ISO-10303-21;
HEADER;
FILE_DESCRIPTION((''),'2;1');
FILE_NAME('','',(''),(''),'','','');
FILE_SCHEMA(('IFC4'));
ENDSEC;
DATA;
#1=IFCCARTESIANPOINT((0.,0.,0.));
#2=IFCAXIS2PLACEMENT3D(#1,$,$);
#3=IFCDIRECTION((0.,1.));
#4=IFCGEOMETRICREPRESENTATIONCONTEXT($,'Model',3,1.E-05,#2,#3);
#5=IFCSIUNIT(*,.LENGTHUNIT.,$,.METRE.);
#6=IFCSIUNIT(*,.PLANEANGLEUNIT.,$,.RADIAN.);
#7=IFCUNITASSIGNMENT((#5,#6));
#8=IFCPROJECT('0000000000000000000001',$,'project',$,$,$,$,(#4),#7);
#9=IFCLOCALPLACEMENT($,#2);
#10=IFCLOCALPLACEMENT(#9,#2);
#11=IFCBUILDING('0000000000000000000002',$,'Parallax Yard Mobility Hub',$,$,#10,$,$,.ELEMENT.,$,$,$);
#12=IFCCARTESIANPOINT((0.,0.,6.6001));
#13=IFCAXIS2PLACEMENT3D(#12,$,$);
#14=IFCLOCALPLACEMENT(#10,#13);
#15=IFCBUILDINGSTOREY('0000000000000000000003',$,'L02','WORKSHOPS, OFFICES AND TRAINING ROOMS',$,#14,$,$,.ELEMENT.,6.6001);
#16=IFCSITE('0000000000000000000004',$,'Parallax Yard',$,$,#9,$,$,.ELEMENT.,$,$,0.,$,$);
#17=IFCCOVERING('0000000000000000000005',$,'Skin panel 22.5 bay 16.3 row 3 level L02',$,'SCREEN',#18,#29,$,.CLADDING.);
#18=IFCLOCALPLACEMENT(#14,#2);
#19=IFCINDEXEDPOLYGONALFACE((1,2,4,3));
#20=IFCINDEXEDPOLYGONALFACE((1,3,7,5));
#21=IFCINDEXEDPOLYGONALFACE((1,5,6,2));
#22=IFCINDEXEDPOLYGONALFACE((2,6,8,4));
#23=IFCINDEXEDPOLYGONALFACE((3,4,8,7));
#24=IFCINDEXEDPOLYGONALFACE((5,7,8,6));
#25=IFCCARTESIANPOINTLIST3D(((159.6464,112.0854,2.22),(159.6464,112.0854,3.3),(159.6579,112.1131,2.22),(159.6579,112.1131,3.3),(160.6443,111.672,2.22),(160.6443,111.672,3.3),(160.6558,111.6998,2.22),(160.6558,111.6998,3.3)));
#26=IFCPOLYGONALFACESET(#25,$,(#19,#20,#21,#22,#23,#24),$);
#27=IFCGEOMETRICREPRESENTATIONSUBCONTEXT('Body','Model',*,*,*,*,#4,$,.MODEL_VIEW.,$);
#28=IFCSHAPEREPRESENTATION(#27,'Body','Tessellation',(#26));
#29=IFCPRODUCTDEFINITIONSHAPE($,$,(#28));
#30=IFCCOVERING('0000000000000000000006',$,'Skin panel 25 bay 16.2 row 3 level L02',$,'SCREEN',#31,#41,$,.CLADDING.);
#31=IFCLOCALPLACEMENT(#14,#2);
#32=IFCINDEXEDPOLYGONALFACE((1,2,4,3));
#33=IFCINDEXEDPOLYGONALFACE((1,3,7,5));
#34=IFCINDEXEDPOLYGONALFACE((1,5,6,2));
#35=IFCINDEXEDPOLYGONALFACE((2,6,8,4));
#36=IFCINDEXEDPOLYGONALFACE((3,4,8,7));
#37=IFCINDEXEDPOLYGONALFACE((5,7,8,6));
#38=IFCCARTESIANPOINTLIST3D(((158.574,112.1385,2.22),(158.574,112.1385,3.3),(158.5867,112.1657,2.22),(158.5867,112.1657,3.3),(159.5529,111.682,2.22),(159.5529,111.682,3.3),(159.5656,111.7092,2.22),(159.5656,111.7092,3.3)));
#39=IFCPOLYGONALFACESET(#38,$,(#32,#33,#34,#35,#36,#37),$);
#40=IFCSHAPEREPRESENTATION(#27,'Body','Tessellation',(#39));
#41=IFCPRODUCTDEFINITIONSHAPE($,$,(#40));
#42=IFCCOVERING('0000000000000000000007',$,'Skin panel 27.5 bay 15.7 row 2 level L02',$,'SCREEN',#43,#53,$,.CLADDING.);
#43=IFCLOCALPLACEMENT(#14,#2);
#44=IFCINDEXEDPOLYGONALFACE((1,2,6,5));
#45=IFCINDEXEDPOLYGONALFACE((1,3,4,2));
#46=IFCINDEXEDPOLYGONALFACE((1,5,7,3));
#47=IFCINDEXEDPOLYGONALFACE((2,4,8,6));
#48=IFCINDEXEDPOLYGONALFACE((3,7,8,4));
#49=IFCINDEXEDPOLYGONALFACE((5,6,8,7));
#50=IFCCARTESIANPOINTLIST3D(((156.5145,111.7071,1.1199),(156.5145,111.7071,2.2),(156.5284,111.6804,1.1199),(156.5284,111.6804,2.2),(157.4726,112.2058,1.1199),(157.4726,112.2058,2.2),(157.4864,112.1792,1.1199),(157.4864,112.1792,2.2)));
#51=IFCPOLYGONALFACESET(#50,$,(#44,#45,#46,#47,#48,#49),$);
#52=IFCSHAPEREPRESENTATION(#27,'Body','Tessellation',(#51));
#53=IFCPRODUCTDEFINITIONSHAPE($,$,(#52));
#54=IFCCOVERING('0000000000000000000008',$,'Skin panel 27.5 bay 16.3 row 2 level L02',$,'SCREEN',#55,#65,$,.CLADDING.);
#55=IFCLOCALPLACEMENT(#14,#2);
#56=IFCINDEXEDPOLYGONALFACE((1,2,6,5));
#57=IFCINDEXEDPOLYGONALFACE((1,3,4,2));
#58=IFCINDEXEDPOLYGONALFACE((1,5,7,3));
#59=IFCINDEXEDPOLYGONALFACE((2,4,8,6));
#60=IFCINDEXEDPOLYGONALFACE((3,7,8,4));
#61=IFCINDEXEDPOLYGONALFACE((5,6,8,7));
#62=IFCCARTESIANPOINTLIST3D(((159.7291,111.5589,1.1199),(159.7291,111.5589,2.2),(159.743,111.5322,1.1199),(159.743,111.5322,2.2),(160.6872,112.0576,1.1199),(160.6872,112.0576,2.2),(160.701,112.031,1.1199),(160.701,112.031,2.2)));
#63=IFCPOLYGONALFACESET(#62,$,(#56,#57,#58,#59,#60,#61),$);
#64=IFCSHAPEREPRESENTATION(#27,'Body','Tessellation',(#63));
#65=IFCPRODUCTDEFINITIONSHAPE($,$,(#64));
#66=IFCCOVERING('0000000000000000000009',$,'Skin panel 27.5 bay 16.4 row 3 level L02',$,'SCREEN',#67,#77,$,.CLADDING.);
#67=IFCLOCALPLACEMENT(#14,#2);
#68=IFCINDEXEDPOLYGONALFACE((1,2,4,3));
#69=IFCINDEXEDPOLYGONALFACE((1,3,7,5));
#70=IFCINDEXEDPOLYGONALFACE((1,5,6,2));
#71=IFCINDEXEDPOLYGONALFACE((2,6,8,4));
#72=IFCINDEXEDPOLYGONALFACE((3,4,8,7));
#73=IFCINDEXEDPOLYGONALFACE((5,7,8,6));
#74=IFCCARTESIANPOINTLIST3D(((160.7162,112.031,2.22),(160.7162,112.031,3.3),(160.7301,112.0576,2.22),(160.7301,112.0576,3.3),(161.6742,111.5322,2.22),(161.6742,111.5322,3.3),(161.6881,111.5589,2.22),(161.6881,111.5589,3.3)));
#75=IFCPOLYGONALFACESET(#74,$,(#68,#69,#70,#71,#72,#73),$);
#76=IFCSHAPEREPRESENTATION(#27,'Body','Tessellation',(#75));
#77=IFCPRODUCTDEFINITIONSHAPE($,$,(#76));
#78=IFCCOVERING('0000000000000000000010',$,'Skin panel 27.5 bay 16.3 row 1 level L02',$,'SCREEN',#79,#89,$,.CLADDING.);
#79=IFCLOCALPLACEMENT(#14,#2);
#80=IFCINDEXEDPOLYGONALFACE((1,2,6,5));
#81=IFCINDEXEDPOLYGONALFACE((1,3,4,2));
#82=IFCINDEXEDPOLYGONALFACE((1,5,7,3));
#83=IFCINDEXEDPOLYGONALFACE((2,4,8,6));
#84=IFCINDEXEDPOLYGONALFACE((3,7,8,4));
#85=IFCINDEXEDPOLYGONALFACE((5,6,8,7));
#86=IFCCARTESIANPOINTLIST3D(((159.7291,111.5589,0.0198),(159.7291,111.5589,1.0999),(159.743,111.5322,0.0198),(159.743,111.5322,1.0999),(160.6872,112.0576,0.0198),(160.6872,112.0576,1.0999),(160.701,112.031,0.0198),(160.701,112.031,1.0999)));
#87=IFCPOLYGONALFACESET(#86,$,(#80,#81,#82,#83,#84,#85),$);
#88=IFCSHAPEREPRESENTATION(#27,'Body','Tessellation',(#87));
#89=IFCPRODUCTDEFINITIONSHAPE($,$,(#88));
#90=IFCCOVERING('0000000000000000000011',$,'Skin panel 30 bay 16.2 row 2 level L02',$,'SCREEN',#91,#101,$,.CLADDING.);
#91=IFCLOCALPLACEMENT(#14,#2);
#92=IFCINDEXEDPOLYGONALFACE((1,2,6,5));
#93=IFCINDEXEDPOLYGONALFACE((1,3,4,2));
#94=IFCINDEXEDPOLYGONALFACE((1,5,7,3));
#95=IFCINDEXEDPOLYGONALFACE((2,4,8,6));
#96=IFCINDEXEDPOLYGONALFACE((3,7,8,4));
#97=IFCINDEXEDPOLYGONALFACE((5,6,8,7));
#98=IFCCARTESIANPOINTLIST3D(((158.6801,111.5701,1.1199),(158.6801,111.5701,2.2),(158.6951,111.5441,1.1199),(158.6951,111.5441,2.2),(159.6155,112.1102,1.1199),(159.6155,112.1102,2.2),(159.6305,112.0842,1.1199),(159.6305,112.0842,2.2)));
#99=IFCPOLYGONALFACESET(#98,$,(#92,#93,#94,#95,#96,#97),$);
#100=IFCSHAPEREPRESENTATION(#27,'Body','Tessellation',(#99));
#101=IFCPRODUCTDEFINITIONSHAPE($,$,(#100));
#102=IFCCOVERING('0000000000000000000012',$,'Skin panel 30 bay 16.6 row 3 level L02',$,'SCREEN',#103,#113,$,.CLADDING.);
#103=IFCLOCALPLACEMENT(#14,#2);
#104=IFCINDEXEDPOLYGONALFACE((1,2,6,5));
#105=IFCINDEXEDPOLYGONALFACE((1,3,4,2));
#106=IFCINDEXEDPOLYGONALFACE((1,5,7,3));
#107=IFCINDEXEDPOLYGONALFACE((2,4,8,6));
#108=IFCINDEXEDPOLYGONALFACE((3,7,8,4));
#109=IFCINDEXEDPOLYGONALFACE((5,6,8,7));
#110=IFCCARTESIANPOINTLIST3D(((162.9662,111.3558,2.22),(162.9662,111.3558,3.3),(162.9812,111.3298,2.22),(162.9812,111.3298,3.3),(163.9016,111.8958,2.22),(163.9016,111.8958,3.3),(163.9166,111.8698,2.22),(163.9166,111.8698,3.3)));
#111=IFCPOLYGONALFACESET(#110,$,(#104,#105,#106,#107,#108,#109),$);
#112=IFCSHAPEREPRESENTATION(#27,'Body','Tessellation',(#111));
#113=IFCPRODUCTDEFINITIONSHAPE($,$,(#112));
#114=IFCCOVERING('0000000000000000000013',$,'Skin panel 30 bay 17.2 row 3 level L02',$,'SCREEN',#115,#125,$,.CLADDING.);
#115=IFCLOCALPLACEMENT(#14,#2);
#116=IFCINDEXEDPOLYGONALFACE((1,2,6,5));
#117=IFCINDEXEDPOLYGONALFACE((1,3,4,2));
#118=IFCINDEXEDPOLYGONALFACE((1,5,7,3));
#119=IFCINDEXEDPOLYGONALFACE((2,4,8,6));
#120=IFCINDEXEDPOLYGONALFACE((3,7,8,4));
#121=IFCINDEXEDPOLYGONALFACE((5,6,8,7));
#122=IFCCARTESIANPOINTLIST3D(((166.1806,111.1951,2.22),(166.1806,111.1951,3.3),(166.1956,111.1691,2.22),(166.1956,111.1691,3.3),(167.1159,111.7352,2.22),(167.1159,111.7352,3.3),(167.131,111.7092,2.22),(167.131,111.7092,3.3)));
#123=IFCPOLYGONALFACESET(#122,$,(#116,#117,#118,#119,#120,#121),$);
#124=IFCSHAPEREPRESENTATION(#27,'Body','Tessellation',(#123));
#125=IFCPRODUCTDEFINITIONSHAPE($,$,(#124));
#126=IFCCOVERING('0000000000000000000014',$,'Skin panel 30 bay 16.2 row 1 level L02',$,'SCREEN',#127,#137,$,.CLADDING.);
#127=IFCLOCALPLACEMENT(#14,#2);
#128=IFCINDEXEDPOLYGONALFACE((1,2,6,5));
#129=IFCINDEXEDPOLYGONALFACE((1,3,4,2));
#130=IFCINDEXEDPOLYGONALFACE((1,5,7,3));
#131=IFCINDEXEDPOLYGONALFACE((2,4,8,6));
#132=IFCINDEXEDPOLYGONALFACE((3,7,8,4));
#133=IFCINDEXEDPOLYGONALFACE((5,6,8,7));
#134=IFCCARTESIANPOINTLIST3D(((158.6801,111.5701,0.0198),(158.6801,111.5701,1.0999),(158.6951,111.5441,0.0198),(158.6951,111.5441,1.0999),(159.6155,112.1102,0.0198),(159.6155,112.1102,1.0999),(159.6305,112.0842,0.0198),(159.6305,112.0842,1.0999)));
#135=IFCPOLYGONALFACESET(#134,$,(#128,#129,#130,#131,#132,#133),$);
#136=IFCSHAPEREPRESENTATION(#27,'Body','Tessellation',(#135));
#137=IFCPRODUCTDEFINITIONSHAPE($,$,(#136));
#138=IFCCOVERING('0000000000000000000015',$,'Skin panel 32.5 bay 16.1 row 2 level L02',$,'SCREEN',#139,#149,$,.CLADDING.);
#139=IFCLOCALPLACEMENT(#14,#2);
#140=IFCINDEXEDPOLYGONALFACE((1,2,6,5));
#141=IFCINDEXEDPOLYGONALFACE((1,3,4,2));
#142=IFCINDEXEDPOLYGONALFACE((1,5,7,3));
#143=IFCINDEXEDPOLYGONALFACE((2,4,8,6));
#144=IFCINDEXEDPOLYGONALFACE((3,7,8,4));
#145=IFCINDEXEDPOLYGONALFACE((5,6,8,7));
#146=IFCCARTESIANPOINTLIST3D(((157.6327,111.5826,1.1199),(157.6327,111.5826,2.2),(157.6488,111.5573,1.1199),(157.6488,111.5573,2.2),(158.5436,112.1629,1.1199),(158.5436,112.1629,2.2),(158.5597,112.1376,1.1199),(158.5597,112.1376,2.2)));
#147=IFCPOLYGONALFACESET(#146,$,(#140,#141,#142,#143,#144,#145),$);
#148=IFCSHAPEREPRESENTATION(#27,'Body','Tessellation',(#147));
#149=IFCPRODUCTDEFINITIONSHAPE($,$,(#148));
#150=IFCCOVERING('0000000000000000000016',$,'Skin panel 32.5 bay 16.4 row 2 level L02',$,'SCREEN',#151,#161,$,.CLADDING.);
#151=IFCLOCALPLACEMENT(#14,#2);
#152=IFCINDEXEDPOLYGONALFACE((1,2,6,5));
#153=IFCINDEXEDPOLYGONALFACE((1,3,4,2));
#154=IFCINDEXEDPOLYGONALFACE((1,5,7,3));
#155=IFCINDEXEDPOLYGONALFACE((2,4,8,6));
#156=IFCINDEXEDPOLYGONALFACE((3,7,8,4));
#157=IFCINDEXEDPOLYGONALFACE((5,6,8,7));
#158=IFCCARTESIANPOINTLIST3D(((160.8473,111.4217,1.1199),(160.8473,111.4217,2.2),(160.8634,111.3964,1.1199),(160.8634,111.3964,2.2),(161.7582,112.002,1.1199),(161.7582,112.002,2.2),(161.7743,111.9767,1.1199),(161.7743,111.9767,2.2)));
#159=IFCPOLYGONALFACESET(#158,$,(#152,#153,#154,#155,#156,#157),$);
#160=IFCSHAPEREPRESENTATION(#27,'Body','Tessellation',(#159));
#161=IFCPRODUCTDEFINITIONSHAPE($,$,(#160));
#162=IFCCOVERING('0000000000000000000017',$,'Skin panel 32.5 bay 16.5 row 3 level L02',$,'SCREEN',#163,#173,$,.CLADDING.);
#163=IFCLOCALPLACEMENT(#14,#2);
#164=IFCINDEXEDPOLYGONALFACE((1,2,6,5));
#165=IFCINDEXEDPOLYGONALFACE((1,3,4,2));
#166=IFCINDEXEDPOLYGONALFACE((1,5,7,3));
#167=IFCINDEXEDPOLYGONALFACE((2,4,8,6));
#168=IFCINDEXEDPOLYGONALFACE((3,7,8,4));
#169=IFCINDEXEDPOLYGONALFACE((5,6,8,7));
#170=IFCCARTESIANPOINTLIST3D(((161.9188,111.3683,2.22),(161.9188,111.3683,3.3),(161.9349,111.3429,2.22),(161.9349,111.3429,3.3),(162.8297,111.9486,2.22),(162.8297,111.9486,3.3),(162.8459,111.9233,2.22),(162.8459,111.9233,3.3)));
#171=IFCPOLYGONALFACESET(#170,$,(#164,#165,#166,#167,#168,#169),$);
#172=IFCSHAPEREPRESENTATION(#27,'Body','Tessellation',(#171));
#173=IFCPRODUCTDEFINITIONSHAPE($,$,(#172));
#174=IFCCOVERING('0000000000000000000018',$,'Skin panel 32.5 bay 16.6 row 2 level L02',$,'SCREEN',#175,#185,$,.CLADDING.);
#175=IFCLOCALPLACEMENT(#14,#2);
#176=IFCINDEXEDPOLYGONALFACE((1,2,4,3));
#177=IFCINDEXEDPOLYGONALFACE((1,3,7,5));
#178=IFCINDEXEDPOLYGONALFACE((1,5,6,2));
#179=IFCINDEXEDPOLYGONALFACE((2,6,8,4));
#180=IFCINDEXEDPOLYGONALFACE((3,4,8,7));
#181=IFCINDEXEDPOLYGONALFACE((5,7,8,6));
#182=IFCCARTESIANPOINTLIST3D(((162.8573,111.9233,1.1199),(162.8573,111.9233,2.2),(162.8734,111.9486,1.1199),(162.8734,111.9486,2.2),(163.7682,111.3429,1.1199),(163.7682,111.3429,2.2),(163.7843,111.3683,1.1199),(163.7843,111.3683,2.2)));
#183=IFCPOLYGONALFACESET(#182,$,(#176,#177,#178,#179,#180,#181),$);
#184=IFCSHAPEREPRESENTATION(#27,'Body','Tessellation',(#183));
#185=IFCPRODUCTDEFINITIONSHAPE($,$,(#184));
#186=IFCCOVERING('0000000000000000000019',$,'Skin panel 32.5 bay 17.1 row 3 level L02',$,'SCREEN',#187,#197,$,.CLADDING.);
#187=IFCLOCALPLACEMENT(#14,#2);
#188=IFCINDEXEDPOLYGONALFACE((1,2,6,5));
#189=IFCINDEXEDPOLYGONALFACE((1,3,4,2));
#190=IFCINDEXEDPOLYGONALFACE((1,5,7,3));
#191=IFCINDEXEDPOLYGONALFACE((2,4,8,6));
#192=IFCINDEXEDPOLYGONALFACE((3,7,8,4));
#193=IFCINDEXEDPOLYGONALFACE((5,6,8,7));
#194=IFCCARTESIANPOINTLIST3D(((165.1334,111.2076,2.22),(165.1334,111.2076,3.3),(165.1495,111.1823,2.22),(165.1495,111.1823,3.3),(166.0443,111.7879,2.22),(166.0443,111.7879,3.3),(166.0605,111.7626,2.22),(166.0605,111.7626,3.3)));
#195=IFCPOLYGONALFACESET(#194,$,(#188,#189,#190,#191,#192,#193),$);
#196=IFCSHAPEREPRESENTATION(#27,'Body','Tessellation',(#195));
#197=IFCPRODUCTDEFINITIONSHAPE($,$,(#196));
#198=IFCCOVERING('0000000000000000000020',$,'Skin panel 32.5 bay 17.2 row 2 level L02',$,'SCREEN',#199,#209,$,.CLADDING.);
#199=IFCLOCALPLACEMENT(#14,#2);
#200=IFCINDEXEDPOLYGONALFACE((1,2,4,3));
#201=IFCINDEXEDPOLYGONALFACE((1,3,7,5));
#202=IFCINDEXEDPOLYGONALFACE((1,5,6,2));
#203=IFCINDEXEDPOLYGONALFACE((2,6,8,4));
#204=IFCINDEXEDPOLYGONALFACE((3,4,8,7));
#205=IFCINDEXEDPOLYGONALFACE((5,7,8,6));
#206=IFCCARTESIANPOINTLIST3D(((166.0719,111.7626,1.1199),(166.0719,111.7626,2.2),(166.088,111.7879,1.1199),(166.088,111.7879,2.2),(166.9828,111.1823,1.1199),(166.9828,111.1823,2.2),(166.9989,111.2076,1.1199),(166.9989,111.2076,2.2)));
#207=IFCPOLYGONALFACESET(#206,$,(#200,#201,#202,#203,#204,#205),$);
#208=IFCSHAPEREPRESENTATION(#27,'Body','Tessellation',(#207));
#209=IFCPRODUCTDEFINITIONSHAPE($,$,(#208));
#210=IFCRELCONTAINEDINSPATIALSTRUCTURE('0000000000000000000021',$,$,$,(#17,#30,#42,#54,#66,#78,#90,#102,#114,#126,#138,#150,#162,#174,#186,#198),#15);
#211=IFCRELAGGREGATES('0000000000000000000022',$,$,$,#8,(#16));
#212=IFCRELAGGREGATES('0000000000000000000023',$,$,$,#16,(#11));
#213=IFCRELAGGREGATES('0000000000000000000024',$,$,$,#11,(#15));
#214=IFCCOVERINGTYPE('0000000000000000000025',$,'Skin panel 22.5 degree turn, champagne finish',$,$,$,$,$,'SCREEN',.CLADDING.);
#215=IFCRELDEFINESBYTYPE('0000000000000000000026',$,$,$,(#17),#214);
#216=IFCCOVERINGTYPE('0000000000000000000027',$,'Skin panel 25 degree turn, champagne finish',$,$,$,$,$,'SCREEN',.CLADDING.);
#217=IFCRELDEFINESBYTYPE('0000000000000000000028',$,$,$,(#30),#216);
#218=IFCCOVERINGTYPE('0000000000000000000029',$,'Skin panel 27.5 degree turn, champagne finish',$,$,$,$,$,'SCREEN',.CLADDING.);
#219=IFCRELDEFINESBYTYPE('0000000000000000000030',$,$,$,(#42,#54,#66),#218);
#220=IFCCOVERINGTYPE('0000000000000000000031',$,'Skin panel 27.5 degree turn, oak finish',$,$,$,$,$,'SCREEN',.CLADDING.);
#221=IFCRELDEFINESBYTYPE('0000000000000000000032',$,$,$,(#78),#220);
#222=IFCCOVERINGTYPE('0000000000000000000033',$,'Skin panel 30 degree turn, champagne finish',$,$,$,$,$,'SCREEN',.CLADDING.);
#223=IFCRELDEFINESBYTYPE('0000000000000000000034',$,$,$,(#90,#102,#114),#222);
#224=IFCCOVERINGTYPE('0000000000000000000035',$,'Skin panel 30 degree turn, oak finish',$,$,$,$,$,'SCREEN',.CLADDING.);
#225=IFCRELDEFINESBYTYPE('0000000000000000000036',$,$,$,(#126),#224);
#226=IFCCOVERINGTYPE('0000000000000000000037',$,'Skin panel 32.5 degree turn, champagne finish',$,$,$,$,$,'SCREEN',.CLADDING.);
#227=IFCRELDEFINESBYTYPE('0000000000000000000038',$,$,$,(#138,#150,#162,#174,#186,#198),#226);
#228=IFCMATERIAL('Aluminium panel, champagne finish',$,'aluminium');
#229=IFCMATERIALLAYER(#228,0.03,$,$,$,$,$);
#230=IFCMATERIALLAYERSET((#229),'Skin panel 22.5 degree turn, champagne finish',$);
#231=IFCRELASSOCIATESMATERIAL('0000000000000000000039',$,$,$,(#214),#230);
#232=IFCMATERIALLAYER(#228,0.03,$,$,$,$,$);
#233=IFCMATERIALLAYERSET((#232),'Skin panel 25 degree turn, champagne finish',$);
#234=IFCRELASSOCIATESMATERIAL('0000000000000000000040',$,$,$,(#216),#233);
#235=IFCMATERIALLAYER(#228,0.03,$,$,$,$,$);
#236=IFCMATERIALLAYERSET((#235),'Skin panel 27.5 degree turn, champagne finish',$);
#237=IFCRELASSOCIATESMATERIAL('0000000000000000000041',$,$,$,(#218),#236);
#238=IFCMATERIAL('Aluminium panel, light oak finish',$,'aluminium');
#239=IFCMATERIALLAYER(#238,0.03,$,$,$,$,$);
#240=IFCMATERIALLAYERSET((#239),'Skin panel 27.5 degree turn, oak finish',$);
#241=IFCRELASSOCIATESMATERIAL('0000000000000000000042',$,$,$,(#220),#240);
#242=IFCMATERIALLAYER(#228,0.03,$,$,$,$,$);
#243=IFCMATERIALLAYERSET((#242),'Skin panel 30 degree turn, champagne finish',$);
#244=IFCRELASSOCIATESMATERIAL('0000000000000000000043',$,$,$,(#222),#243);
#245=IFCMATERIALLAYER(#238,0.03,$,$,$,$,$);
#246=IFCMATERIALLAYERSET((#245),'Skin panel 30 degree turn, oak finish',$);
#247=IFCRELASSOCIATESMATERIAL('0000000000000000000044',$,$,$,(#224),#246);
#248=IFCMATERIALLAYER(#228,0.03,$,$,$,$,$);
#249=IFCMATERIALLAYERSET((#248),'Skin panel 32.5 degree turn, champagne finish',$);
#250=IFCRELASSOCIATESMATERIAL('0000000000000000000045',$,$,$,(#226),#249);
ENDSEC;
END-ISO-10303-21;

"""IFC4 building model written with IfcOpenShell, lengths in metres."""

from ifc_helpers import new_model, si_unit, direction, frame, origin, origin_2d, place, context, subcontext, project, spatial, rectangle, extrude, material, layer, layer_set, type_object, element, save


model = new_model("IFC4")

# Units and contexts
model_context = context("Model", 3, precision=1e-05, world=origin(), true_north=direction((0.0, 1.0)))
body_context = subcontext(model_context, "Body", "Model", "MODEL_VIEW")
ifc_project = project(units=[si_unit("LENGTHUNIT", "METRE"), si_unit("PLANEANGLEUNIT", "RADIAN")], contexts=[model_context])

# Site, building, storey
site_placement = place(None, origin())
site = spatial("IfcSite", under=ifc_project, at=site_placement, Name="Parallax Yard", CompositionType="ELEMENT", RefElevation=0.0)
building_placement = place(site_placement, origin())
building = spatial("IfcBuilding", under=site, at=building_placement, Name="Parallax Yard Mobility Hub", CompositionType="ELEMENT")
storey_placement = place(building_placement, frame((0.0, 0.0, 6.6001)))
storey = spatial("IfcBuildingStorey", under=building, at=storey_placement, Name="L02", Description="WORKSHOPS, OFFICES AND TRAINING ROOMS", CompositionType="ELEMENT", Elevation=6.6001)

# Coverings
ifc_material_1 = material(Name="Aluminium panel, champagne finish", Category="aluminium")
ifc_layer_1 = layer(ifc_material_1, 0.03)
ifc_layer_set_1 = layer_set([ifc_layer_1], Name="Skin panel 22.5 degree turn, champagne finish")
covering_type_1 = type_object("IfcCoveringType", Name="Skin panel 22.5 degree turn, champagne finish", ElementType="SCREEN", PredefinedType="CLADDING", material=ifc_layer_set_1)
covering_1_placement = place(storey_placement, frame((160.1511, 111.8926, 2.22), z_axis=(0.0, 0.0, 1.0), x_axis=(0.92388, -0.382683, 0.0)))
element("IfcCovering", 1, at=covering_1_placement, inside=storey, type_object=covering_type_1, Name="Skin panel 22.5 bay 16.3 row 3 level L02", ObjectType="SCREEN", PredefinedType="CLADDING", context=body_context, shape_type="SweptSolid", body=[
    extrude(rectangle(XDim=1.0801, YDim=0.03, at=origin_2d()), origin(), (0.0, 0.0, 1.0), 1.0801),
])
ifc_layer_2 = layer(ifc_material_1, 0.03)
ifc_layer_set_2 = layer_set([ifc_layer_2], Name="Skin panel 25 degree turn, champagne finish")
covering_type_2 = type_object("IfcCoveringType", Name="Skin panel 25 degree turn, champagne finish", ElementType="SCREEN", PredefinedType="CLADDING", material=ifc_layer_set_2)
covering_2_placement = place(storey_placement, frame((159.0698, 111.9238, 2.22), z_axis=(0.0, 0.0, 1.0), x_axis=(0.906308, -0.422618, 0.0)))
element("IfcCovering", 2, at=covering_2_placement, inside=storey, type_object=covering_type_2, Name="Skin panel 25 bay 16.2 row 3 level L02", ObjectType="SCREEN", PredefinedType="CLADDING", context=body_context, shape_type="SweptSolid", body=[
    extrude(rectangle(XDim=1.0801, YDim=0.03, at=origin_2d()), origin(), (0.0, 0.0, 1.0), 1.0801),
])
ifc_layer_3 = layer(ifc_material_1, 0.03)
ifc_layer_set_3 = layer_set([ifc_layer_3], Name="Skin panel 27.5 degree turn, champagne finish")
covering_type_3 = type_object("IfcCoveringType", Name="Skin panel 27.5 degree turn, champagne finish", ElementType="SCREEN", PredefinedType="CLADDING", material=ifc_layer_set_3)
for number, where, z_axis, x_axis, name in (
    (3, (157.0005, 111.9431, 1.1199), (0.0, 0.0, 1.0), (-0.887011, -0.461749, 0.0), "Skin panel 27.5 bay 15.7 row 2 level L02"),
    (4, (160.2151, 111.7949, 1.1199), (0.0, 0.0, 1.0), (-0.887011, -0.461749, 0.0), "Skin panel 27.5 bay 16.3 row 2 level L02"),
    (5, (161.2021, 111.7949, 2.22), (0.0, 0.0, 1.0), (0.887011, -0.461749, 0.0), "Skin panel 27.5 bay 16.4 row 3 level L02"),
):
    element("IfcCovering", number, at=place(storey_placement, frame(where, z_axis=z_axis, x_axis=x_axis)), inside=storey, type_object=covering_type_3, Name=name, ObjectType="SCREEN", PredefinedType="CLADDING", context=body_context, shape_type="SweptSolid", body=[
        extrude(rectangle(XDim=1.0801, YDim=0.03, at=origin_2d()), origin(), (0.0, 0.0, 1.0), 1.0801),
    ])
ifc_material_2 = material(Name="Aluminium panel, light oak finish", Category="aluminium")
ifc_layer_4 = layer(ifc_material_2, 0.03)
ifc_layer_set_4 = layer_set([ifc_layer_4], Name="Skin panel 27.5 degree turn, oak finish")
covering_type_4 = type_object("IfcCoveringType", Name="Skin panel 27.5 degree turn, oak finish", ElementType="SCREEN", PredefinedType="CLADDING", material=ifc_layer_set_4)
covering_3_placement = place(storey_placement, frame((160.2151, 111.7949, 0.0198), z_axis=(0.0, 0.0, 1.0), x_axis=(-0.887011, -0.461749, 0.0)))
element("IfcCovering", 6, at=covering_3_placement, inside=storey, type_object=covering_type_4, Name="Skin panel 27.5 bay 16.3 row 1 level L02", ObjectType="SCREEN", PredefinedType="CLADDING", context=body_context, shape_type="SweptSolid", body=[
    extrude(rectangle(XDim=1.0801, YDim=0.03, at=origin_2d()), origin(), (0.0, 0.0, 1.0), 1.0801),
])
ifc_layer_5 = layer(ifc_material_1, 0.03)
ifc_layer_set_5 = layer_set([ifc_layer_5], Name="Skin panel 30 degree turn, champagne finish")
covering_type_5 = type_object("IfcCoveringType", Name="Skin panel 30 degree turn, champagne finish", ElementType="SCREEN", PredefinedType="CLADDING", material=ifc_layer_set_5)
for number, where, z_axis, x_axis, name in (
    (7, (159.1553, 111.8271, 1.1199), (0.0, 0.0, 1.0), (-0.866025, -0.5, 0.0), "Skin panel 30 bay 16.2 row 2 level L02"),
    (8, (163.4414, 111.6128, 2.22), (0.0, 0.0, 1.0), (-0.866025, -0.5, 0.0), "Skin panel 30 bay 16.6 row 3 level L02"),
    (9, (166.6558, 111.4521, 2.22), (0.0, 0.0, 1.0), (-0.866025, -0.5, 0.0), "Skin panel 30 bay 17.2 row 3 level L02"),
):
    element("IfcCovering", number, at=place(storey_placement, frame(where, z_axis=z_axis, x_axis=x_axis)), inside=storey, type_object=covering_type_5, Name=name, ObjectType="SCREEN", PredefinedType="CLADDING", context=body_context, shape_type="SweptSolid", body=[
        extrude(rectangle(XDim=1.0801, YDim=0.03, at=origin_2d()), origin(), (0.0, 0.0, 1.0), 1.0801),
    ])
ifc_layer_6 = layer(ifc_material_2, 0.03)
ifc_layer_set_6 = layer_set([ifc_layer_6], Name="Skin panel 30 degree turn, oak finish")
covering_type_6 = type_object("IfcCoveringType", Name="Skin panel 30 degree turn, oak finish", ElementType="SCREEN", PredefinedType="CLADDING", material=ifc_layer_set_6)
covering_4_placement = place(storey_placement, frame((159.1553, 111.8271, 0.0198), z_axis=(0.0, 0.0, 1.0), x_axis=(-0.866025, -0.5, 0.0)))
element("IfcCovering", 10, at=covering_4_placement, inside=storey, type_object=covering_type_6, Name="Skin panel 30 bay 16.2 row 1 level L02", ObjectType="SCREEN", PredefinedType="CLADDING", context=body_context, shape_type="SweptSolid", body=[
    extrude(rectangle(XDim=1.0801, YDim=0.03, at=origin_2d()), origin(), (0.0, 0.0, 1.0), 1.0801),
])
ifc_layer_7 = layer(ifc_material_1, 0.03)
ifc_layer_set_7 = layer_set([ifc_layer_7], Name="Skin panel 32.5 degree turn, champagne finish")
covering_type_7 = type_object("IfcCoveringType", Name="Skin panel 32.5 degree turn, champagne finish", ElementType="SCREEN", PredefinedType="CLADDING", material=ifc_layer_set_7)
for number, where, z_axis, x_axis, name in (
    (11, (158.0962, 111.8601, 1.1199), (0.0, 0.0, 1.0), (-0.843391, -0.5373, 0.0), "Skin panel 32.5 bay 16.1 row 2 level L02"),
    (12, (161.3108, 111.6992, 1.1199), (0.0, 0.0, 1.0), (-0.843391, -0.5373, 0.0), "Skin panel 32.5 bay 16.4 row 2 level L02"),
    (13, (162.3823, 111.6458, 2.22), (0.0, 0.0, 1.0), (-0.843391, -0.5373, 0.0), "Skin panel 32.5 bay 16.5 row 3 level L02"),
    (14, (163.3208, 111.6458, 1.1199), (0.0, 0.0, 1.0), (0.843391, -0.5373, 0.0), "Skin panel 32.5 bay 16.6 row 2 level L02"),
    (15, (165.5969, 111.4851, 2.22), (0.0, 0.0, 1.0), (-0.843391, -0.5373, 0.0), "Skin panel 32.5 bay 17.1 row 3 level L02"),
    (16, (166.5354, 111.4851, 1.1199), (0.0, 0.0, 1.0), (0.843391, -0.5373, 0.0), "Skin panel 32.5 bay 17.2 row 2 level L02"),
):
    element("IfcCovering", number, at=place(storey_placement, frame(where, z_axis=z_axis, x_axis=x_axis)), inside=storey, type_object=covering_type_7, Name=name, ObjectType="SCREEN", PredefinedType="CLADDING", context=body_context, shape_type="SweptSolid", body=[
        extrude(rectangle(XDim=1.0801, YDim=0.03, at=origin_2d()), origin(), (0.0, 0.0, 1.0), 1.0801),
    ])

save(model, "model.ifc")
